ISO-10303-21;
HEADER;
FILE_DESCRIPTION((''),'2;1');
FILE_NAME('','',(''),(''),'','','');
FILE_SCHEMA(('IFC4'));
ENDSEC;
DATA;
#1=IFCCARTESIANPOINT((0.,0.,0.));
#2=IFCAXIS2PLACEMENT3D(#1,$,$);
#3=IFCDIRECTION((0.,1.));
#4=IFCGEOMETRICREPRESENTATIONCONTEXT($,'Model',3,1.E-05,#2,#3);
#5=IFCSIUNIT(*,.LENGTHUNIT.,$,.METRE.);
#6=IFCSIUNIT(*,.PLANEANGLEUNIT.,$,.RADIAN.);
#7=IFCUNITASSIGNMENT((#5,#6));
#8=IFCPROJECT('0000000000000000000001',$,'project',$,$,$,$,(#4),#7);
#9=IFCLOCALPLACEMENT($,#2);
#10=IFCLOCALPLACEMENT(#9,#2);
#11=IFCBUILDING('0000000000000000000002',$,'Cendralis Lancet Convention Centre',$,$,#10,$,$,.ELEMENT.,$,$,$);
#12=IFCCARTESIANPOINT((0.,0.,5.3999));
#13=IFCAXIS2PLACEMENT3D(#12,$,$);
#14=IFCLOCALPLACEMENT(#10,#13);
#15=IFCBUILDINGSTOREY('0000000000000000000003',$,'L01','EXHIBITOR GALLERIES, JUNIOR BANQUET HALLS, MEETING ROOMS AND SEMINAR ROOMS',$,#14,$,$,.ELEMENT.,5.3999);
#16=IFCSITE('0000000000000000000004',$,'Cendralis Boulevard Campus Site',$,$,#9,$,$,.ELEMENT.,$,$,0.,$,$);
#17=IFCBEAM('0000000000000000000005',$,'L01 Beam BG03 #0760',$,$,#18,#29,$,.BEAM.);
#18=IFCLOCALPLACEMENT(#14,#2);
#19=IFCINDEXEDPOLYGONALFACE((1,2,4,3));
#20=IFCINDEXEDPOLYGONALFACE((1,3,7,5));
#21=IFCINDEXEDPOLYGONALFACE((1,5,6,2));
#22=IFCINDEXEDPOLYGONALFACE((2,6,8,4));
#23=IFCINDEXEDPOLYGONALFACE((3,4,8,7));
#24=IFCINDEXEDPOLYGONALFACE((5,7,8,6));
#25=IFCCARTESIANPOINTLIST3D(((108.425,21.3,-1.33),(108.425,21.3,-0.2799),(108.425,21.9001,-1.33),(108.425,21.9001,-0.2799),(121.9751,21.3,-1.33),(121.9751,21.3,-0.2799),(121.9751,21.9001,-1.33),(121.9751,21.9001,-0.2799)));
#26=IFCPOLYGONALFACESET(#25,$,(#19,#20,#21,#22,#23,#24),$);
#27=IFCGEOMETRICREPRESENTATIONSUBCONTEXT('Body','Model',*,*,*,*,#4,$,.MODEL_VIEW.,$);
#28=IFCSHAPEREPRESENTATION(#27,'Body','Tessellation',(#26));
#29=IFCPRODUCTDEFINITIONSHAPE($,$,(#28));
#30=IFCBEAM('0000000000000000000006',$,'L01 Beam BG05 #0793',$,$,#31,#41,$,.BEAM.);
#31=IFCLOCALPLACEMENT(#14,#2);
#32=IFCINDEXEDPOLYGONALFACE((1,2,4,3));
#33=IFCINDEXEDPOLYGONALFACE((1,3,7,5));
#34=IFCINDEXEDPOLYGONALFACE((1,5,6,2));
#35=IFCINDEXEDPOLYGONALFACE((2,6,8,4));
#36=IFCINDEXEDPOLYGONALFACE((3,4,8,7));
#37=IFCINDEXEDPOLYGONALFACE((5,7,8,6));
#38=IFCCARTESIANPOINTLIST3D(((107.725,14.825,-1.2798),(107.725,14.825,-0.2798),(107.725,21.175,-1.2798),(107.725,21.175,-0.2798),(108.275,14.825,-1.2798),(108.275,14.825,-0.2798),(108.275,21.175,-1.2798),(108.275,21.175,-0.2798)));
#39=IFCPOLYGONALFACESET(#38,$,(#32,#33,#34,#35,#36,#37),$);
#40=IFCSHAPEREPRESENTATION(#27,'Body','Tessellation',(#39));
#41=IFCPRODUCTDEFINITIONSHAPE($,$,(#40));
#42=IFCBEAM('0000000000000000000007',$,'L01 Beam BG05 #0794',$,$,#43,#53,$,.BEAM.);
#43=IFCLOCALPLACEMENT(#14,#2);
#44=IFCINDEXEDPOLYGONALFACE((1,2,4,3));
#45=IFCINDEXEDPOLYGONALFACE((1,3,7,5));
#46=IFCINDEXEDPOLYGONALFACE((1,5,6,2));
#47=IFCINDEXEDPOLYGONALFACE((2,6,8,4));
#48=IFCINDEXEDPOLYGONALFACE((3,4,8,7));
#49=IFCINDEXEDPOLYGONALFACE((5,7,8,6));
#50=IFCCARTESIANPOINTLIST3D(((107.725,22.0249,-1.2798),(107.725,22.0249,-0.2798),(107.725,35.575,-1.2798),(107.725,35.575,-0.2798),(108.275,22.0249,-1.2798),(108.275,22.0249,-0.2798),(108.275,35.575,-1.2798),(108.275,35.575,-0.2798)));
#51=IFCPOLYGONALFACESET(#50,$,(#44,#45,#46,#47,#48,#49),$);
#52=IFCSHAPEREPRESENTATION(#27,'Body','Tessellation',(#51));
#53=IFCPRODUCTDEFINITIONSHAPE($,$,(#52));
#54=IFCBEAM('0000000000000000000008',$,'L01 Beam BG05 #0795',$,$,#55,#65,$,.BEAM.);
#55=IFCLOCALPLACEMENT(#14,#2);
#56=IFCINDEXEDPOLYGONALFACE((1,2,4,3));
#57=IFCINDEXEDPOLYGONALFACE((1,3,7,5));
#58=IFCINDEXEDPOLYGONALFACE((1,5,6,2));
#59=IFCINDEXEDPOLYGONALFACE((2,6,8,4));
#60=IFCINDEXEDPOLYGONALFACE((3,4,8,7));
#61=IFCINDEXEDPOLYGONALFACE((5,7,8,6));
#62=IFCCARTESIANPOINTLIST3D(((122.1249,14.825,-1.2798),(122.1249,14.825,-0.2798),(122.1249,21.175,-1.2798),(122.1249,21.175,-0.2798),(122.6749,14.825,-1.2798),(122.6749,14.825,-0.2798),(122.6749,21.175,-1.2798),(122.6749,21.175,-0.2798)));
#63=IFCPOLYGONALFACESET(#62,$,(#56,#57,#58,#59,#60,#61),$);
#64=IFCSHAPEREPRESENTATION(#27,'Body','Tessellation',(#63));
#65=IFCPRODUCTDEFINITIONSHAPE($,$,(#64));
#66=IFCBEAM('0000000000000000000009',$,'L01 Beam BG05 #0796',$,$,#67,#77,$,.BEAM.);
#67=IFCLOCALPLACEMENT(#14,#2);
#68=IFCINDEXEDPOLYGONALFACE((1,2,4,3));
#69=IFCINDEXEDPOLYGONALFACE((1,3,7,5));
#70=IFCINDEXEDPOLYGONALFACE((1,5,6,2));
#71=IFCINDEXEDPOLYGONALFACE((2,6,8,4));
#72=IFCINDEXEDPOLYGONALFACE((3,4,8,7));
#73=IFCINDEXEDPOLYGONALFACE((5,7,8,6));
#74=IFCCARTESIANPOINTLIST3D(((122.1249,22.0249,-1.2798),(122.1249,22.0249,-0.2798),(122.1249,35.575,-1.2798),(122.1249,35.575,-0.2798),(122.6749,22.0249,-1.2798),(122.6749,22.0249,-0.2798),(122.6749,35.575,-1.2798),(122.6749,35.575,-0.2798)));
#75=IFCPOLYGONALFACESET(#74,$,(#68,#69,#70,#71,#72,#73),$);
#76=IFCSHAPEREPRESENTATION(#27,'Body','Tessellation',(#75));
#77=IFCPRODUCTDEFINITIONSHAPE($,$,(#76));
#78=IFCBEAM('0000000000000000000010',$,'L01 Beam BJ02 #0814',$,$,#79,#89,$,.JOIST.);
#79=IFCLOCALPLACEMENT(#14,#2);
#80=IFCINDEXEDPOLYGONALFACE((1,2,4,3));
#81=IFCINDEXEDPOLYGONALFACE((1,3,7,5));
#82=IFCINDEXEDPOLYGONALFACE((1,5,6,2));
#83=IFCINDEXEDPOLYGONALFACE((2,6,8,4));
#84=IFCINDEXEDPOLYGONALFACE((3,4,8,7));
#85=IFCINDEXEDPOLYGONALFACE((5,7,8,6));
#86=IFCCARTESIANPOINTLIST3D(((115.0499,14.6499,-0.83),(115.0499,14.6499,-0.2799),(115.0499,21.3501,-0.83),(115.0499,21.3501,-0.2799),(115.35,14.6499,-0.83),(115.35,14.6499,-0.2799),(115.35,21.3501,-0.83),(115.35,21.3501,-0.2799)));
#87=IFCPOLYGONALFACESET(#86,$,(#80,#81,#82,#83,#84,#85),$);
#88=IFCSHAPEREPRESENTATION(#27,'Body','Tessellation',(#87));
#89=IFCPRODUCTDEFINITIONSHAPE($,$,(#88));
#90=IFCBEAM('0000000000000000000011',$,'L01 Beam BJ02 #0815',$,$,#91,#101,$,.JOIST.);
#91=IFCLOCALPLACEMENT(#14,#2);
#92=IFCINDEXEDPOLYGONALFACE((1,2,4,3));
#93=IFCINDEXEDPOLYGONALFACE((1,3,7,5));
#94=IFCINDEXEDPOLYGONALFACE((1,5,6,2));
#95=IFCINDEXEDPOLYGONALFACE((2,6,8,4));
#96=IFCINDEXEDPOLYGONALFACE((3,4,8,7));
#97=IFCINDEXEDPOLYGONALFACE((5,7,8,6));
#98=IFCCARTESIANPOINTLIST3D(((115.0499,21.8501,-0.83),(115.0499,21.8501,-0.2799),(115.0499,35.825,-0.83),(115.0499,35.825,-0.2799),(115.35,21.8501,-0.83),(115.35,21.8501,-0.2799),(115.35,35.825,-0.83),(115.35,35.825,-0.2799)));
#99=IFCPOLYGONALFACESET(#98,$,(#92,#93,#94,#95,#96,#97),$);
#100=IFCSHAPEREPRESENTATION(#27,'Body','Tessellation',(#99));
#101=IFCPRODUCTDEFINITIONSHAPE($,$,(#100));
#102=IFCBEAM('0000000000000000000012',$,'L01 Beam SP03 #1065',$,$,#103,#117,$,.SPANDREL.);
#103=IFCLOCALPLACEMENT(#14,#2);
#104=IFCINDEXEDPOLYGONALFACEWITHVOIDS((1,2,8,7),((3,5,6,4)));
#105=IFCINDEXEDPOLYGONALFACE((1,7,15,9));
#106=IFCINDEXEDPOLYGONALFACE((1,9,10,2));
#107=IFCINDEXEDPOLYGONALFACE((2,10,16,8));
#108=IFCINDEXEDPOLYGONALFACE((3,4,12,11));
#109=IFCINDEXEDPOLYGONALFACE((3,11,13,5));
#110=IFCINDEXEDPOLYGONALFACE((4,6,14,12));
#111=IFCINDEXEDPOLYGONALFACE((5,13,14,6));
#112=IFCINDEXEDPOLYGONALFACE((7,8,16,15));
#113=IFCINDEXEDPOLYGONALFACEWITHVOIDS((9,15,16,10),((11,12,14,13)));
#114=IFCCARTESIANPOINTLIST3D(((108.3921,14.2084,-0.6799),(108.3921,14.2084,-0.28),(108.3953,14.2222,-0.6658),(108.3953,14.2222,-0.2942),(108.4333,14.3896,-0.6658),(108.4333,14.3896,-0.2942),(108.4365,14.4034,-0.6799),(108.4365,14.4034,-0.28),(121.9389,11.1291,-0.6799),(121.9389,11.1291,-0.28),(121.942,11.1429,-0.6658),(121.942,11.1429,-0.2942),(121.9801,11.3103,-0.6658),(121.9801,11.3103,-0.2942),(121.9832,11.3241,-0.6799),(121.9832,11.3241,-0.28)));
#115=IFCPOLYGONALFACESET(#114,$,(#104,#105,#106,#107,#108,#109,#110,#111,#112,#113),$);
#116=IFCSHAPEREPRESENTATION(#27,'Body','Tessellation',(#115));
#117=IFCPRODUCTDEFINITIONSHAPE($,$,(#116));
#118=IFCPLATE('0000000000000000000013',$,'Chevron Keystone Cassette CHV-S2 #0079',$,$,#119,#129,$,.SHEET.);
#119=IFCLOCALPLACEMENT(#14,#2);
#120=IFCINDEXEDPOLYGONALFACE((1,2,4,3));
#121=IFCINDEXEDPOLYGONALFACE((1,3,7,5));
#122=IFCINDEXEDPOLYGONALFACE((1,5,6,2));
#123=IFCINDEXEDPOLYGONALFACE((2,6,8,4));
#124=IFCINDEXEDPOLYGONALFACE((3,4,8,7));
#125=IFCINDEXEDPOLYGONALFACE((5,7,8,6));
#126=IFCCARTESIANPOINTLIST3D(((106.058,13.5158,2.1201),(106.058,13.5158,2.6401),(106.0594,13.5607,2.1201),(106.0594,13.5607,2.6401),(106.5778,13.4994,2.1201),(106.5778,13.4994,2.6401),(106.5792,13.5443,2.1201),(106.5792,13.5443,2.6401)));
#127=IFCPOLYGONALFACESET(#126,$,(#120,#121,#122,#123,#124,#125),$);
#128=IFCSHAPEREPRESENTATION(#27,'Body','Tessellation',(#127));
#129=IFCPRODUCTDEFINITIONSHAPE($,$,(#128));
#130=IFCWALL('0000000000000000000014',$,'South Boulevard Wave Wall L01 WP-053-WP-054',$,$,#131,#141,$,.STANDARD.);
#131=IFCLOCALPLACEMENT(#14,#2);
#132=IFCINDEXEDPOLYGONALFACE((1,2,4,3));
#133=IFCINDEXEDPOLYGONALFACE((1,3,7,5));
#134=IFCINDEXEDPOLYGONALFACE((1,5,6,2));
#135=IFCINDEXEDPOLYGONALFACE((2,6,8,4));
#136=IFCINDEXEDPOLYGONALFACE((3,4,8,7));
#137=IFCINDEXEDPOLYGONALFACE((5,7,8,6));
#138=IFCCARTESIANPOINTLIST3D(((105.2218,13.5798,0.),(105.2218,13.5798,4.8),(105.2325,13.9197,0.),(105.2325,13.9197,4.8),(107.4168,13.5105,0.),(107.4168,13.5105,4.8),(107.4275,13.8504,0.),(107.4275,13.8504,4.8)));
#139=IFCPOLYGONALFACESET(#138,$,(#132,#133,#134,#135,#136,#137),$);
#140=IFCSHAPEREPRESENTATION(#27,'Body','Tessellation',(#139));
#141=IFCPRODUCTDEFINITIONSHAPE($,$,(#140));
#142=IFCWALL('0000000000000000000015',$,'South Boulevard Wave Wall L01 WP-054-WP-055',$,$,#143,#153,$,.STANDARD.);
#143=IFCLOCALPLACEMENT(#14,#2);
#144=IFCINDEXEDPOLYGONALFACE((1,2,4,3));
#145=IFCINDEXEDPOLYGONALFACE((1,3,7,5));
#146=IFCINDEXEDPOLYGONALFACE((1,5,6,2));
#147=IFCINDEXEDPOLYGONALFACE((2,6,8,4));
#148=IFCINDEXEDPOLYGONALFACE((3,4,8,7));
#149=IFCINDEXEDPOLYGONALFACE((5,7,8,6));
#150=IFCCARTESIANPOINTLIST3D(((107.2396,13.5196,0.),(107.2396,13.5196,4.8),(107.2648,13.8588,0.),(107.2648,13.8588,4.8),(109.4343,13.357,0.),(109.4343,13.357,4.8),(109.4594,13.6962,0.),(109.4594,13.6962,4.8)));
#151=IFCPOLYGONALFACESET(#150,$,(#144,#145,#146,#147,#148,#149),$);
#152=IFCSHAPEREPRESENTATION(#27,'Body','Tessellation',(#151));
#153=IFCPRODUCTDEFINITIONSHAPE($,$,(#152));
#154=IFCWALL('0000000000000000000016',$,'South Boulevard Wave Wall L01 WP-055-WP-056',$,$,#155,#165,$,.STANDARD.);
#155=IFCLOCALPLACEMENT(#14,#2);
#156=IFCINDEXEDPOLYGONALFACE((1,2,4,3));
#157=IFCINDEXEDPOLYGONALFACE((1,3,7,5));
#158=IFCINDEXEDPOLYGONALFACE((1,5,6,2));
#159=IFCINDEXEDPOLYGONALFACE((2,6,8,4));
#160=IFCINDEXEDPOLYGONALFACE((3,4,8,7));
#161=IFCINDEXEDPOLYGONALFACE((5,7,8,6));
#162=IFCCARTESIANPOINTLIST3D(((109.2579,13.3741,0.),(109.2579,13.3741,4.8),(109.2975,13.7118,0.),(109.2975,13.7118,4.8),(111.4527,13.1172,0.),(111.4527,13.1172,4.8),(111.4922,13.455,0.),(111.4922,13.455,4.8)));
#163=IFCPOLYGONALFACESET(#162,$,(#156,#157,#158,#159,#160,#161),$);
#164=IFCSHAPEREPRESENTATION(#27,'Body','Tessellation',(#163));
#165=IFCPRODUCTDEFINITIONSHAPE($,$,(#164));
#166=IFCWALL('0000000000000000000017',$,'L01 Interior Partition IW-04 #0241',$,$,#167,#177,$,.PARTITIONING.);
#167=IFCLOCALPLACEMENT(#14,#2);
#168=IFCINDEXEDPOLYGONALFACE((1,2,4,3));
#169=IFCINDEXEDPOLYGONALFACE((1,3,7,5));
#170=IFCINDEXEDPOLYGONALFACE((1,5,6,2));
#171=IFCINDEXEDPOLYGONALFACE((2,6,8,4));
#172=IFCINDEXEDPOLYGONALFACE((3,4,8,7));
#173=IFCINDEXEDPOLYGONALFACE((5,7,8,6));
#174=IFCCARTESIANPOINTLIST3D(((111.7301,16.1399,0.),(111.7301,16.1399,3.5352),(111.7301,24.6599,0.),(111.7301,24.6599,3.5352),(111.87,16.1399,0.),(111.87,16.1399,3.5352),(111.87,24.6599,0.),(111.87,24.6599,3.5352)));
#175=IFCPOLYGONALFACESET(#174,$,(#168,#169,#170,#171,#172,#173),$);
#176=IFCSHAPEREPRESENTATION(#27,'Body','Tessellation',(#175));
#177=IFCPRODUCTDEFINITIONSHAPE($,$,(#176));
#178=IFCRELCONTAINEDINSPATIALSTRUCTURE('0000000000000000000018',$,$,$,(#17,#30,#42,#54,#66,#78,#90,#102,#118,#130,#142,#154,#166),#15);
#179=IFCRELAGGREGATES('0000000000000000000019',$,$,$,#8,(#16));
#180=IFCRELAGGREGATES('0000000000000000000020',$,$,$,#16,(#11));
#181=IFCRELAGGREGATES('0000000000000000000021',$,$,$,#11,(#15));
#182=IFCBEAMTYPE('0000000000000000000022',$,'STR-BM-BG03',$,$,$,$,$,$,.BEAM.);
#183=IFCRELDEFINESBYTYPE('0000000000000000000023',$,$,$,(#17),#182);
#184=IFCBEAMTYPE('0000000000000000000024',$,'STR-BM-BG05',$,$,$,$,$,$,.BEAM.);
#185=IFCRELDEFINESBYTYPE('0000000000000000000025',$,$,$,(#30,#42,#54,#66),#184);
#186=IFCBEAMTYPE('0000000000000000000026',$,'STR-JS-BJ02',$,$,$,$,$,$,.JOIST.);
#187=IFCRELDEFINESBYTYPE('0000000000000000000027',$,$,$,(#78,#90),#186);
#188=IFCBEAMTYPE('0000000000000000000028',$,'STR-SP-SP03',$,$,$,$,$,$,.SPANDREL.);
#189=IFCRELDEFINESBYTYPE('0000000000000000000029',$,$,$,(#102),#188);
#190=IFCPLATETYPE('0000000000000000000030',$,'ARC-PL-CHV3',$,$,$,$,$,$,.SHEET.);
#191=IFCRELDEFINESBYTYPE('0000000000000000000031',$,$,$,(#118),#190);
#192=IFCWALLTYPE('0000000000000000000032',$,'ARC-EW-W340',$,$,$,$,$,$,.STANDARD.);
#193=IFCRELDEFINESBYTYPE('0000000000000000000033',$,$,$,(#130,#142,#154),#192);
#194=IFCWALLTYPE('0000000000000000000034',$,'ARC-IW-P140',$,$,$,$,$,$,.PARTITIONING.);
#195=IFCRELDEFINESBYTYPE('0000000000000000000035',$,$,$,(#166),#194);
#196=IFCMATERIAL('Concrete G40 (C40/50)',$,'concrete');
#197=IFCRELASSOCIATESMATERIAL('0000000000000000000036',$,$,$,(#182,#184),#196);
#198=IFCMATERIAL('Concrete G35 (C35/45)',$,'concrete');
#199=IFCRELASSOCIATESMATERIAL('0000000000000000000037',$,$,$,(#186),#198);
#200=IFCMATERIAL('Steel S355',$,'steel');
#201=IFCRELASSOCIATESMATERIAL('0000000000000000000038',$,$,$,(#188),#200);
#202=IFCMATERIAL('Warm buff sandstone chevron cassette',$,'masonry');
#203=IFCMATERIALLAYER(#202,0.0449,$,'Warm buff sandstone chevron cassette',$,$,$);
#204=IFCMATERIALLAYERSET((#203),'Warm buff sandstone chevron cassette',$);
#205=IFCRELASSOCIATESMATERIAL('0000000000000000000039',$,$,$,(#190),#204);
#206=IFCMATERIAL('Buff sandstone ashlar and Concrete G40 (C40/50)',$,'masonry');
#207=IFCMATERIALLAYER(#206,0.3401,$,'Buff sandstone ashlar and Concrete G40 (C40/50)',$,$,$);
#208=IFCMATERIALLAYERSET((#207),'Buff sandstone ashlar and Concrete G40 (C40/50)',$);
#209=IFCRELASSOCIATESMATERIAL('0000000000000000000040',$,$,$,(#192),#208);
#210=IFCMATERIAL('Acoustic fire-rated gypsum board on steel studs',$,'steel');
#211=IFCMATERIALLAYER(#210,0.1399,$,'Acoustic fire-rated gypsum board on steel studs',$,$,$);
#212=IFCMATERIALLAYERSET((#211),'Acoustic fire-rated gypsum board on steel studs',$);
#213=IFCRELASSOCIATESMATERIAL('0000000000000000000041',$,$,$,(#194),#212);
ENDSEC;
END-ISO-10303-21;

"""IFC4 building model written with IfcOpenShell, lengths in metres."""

from ifc_helpers import new_model, si_unit, direction, frame, frame_2d, origin, origin_2d, place, context, subcontext, project, spatial, rectangle, hollow_rectangle, extrude, material, layer, layer_set, material_profile, profile_set, type_object, element, save


model = new_model("IFC4")

# Units and contexts
model_context = context("Model", 3, precision=1e-05, world=origin(), true_north=direction((0.0, 1.0)))
body_context = subcontext(model_context, "Body", "Model", "MODEL_VIEW")
ifc_project = project(units=[si_unit("LENGTHUNIT", "METRE"), si_unit("PLANEANGLEUNIT", "RADIAN")], contexts=[model_context])

# Site, building, storey
site_placement = place(None, origin())
site = spatial("IfcSite", under=ifc_project, at=site_placement, Name="Cendralis Boulevard Campus Site", CompositionType="ELEMENT", RefElevation=0.0)
building_placement = place(site_placement, origin())
building = spatial("IfcBuilding", under=site, at=building_placement, Name="Cendralis Lancet Convention Centre", CompositionType="ELEMENT")
storey_placement = place(building_placement, frame((0.0, 0.0, 5.3999)))
storey = spatial("IfcBuildingStorey", under=building, at=storey_placement, Name="L01", Description="EXHIBITOR GALLERIES, JUNIOR BANQUET HALLS, MEETING ROOMS AND SEMINAR ROOMS", CompositionType="ELEMENT", Elevation=5.3999)

# Shared definitions
ifc_material_1 = material(Name="Steel S355", Category="steel")

# Beams
ifc_material_2 = material(Name="Concrete G40 (C40/50)", Category="concrete")
ifc_material_profile_1 = material_profile(ifc_material_2, rectangle(XDim=0.6001, YDim=1.05, at=origin_2d()), Name="RCB 600x1050")
ifc_profile_set_1 = profile_set([ifc_material_profile_1], Name="Concrete G40 (C40/50)")
beam_type_1 = type_object("IfcBeamType", Name="STR-BM-BG03", PredefinedType="BEAM", material=ifc_profile_set_1)
for number, where, z_axis, x_axis, name in (
    (1, (108.425, 21.6001, -0.8049), (1.0, 0.0, 0.0), (0.0, 1.0, 0.0), "L01 Beam BG03 #0760"),
):
    element("IfcBeam", number, at=place(storey_placement, frame(where, z_axis=z_axis, x_axis=x_axis)), inside=storey, type_object=beam_type_1, Name=name, PredefinedType="BEAM", context=body_context, shape_type="SweptSolid", body=[
        extrude(rectangle(XDim=0.6001, YDim=1.05, at=origin_2d()), origin(), (0.0, 0.0, 1.0), 13.55),
    ])
ifc_material_profile_2 = material_profile(ifc_material_2, rectangle(XDim=0.55, YDim=1.0, at=origin_2d()), Name="RCB 550x1000")
ifc_profile_set_2 = profile_set([ifc_material_profile_2], Name="Concrete G40 (C40/50)")
beam_type_2 = type_object("IfcBeamType", Name="STR-BM-BG05", PredefinedType="BEAM", material=ifc_profile_set_2)
beam_1_placement = place(storey_placement, frame((108.0, 14.825, -0.7798), z_axis=(0.0, 1.0, 0.0), x_axis=(-1.0, 0.0, 0.0)))
element("IfcBeam", 2, at=beam_1_placement, inside=storey, type_object=beam_type_2, Name="L01 Beam BG05 #0793", PredefinedType="BEAM", context=body_context, shape_type="SweptSolid", body=[
    extrude(rectangle(XDim=0.55, YDim=1.0, at=origin_2d()), origin(), (0.0, 0.0, 1.0), 6.3501),
])
beam_2_placement = place(storey_placement, frame((108.0, 22.0249, -0.7798), z_axis=(0.0, 1.0, 0.0), x_axis=(-1.0, 0.0, 0.0)))
element("IfcBeam", 3, at=beam_2_placement, inside=storey, type_object=beam_type_2, Name="L01 Beam BG05 #0794", PredefinedType="BEAM", context=body_context, shape_type="SweptSolid", body=[
    extrude(rectangle(XDim=0.55, YDim=1.0, at=origin_2d()), origin(), (0.0, 0.0, 1.0), 13.55),
])
beam_3_placement = place(storey_placement, frame((122.3999, 14.825, -0.7798), z_axis=(0.0, 1.0, 0.0), x_axis=(-1.0, 0.0, 0.0)))
element("IfcBeam", 4, at=beam_3_placement, inside=storey, type_object=beam_type_2, Name="L01 Beam BG05 #0795", PredefinedType="BEAM", context=body_context, shape_type="SweptSolid", body=[
    extrude(rectangle(XDim=0.55, YDim=1.0, at=origin_2d()), origin(), (0.0, 0.0, 1.0), 6.3501),
])
beam_4_placement = place(storey_placement, frame((122.3999, 22.0249, -0.7798), z_axis=(0.0, 1.0, 0.0), x_axis=(-1.0, 0.0, 0.0)))
element("IfcBeam", 5, at=beam_4_placement, inside=storey, type_object=beam_type_2, Name="L01 Beam BG05 #0796", PredefinedType="BEAM", context=body_context, shape_type="SweptSolid", body=[
    extrude(rectangle(XDim=0.55, YDim=1.0, at=origin_2d()), origin(), (0.0, 0.0, 1.0), 13.55),
])
ifc_material_3 = material(Name="Concrete G35 (C35/45)", Category="concrete")
ifc_material_profile_3 = material_profile(ifc_material_3, rectangle(XDim=0.3, YDim=0.55, at=origin_2d()), Name="RCB 300x550")
ifc_profile_set_3 = profile_set([ifc_material_profile_3], Name="Concrete G35 (C35/45)")
beam_type_3 = type_object("IfcBeamType", Name="STR-JS-BJ02", PredefinedType="JOIST", material=ifc_profile_set_3)
beam_5_placement = place(storey_placement, frame((115.2, 14.6499, -0.5549), z_axis=(0.0, 1.0, 0.0), x_axis=(-1.0, 0.0, 0.0)))
element("IfcBeam", 6, at=beam_5_placement, inside=storey, type_object=beam_type_3, Name="L01 Beam BJ02 #0814", PredefinedType="JOIST", context=body_context, shape_type="SweptSolid", body=[
    extrude(rectangle(XDim=0.3, YDim=0.55, at=origin_2d()), origin(), (0.0, 0.0, 1.0), 6.7002),
])
beam_6_placement = place(storey_placement, frame((115.2, 21.8501, -0.5549), z_axis=(0.0, 1.0, 0.0), x_axis=(-1.0, 0.0, 0.0)))
element("IfcBeam", 7, at=beam_6_placement, inside=storey, type_object=beam_type_3, Name="L01 Beam BJ02 #0815", PredefinedType="JOIST", context=body_context, shape_type="SweptSolid", body=[
    extrude(rectangle(XDim=0.3, YDim=0.55, at=origin_2d()), origin(), (0.0, 0.0, 1.0), 13.9749),
])
ifc_material_profile_4 = material_profile(ifc_material_1, hollow_rectangle(XDim=0.2, YDim=0.3999, WallThickness=0.0142, at=origin_2d()), Name="RHS 400x200x14.2")
ifc_profile_set_4 = profile_set([ifc_material_profile_4], Name="Steel S355")
beam_type_4 = type_object("IfcBeamType", Name="STR-SP-SP03", PredefinedType="SPANDREL", material=ifc_profile_set_4)
beam_7_placement = place(storey_placement, frame((108.4143, 14.3059, -0.48), z_axis=(0.975125, -0.221656, 0.0), x_axis=(0.221656, 0.975125, 0.0)))
element("IfcBeam", 8, at=beam_7_placement, inside=storey, type_object=beam_type_4, Name="L01 Beam SP03 #1065", PredefinedType="SPANDREL", context=body_context, shape_type="SweptSolid", body=[
    extrude(hollow_rectangle(XDim=0.2, YDim=0.3999, WallThickness=0.0142, at=origin_2d()), origin(), (0.0, 0.0, 1.0), 13.8923),
])

# Plate
ifc_material_4 = material(Name="Warm buff sandstone chevron cassette", Category="masonry")
ifc_layer_1 = layer(ifc_material_4, 0.0449, Name="Warm buff sandstone chevron cassette")
ifc_layer_set_1 = layer_set([ifc_layer_1], Name="Warm buff sandstone chevron cassette")
plate_type = type_object("IfcPlateType", Name="ARC-PL-CHV3", PredefinedType="SHEET", material=ifc_layer_set_1)
plate_placement = place(storey_placement, frame((106.3186, 13.53, 2.1201), z_axis=(0.0, 0.0, 1.0), x_axis=(0.999501, -0.031585, 0.0)))
element("IfcPlate", 9, at=plate_placement, inside=storey, type_object=plate_type, Name="Chevron Keystone Cassette CHV-S2 #0079", PredefinedType="SHEET", context=body_context, shape_type="SweptSolid", body=[
    extrude(rectangle(XDim=0.52, YDim=0.0449, at=origin_2d()), origin(), (0.0, 0.0, 1.0), 0.52),
])

# Walls
ifc_material_5 = material(Name="Buff sandstone ashlar and Concrete G40 (C40/50)", Category="masonry")
ifc_layer_2 = layer(ifc_material_5, 0.3401, Name="Buff sandstone ashlar and Concrete G40 (C40/50)")
ifc_layer_set_2 = layer_set([ifc_layer_2], Name="Buff sandstone ashlar and Concrete G40 (C40/50)")
wall_type_1 = type_object("IfcWallType", Name="ARC-EW-W340", PredefinedType="STANDARD", material=ifc_layer_set_2)
wall_1_placement = place(storey_placement, frame((105.2271, 13.7498, 0.0), z_axis=(0.0, 0.0, 1.0), x_axis=(0.999501, -0.031571, 0.0)))
element("IfcWall", 10, at=wall_1_placement, inside=storey, type_object=wall_type_1, Name="South Boulevard Wave Wall L01 WP-053-WP-054", PredefinedType="STANDARD", context=body_context, shape_type="SweptSolid", body=[
    extrude(rectangle(XDim=2.196, YDim=0.3401, at=frame_2d((1.0981, 0.0))), origin(), (0.0, 0.0, 1.0), 4.8),
])
wall_2_placement = place(storey_placement, frame((107.2522, 13.6892, 0.0), z_axis=(0.0, 0.0, 1.0), x_axis=(0.997267, -0.073888, 0.0)))
element("IfcWall", 11, at=wall_2_placement, inside=storey, type_object=wall_type_1, Name="South Boulevard Wave Wall L01 WP-054-WP-055", PredefinedType="STANDARD", context=body_context, shape_type="SweptSolid", body=[
    extrude(rectangle(XDim=2.2007, YDim=0.3401, at=frame_2d((1.1003, 0.0))), origin(), (0.0, 0.0, 1.0), 4.8),
])
wall_3_placement = place(storey_placement, frame((109.2776, 13.543, 0.0), z_axis=(0.0, 0.0, 1.0), x_axis=(0.993223, -0.116226, 0.0)))
element("IfcWall", 12, at=wall_3_placement, inside=storey, type_object=wall_type_1, Name="South Boulevard Wave Wall L01 WP-055-WP-056", PredefinedType="STANDARD", context=body_context, shape_type="SweptSolid", body=[
    extrude(rectangle(XDim=2.2097, YDim=0.3401, at=frame_2d((1.105, 0.0))), origin(), (0.0, 0.0, 1.0), 4.8),
])
ifc_material_6 = material(Name="Acoustic fire-rated gypsum board on steel studs", Category="steel")
ifc_layer_3 = layer(ifc_material_6, 0.1399, Name="Acoustic fire-rated gypsum board on steel studs")
ifc_layer_set_3 = layer_set([ifc_layer_3], Name="Acoustic fire-rated gypsum board on steel studs")
wall_type_2 = type_object("IfcWallType", Name="ARC-IW-P140", PredefinedType="PARTITIONING", material=ifc_layer_set_3)
wall_4_placement = place(storey_placement, frame((111.8, 16.1399, 0.0), z_axis=(0.0, 0.0, 1.0), x_axis=(0.0, 1.0, 0.0)))
element("IfcWall", 13, at=wall_4_placement, inside=storey, type_object=wall_type_2, Name="L01 Interior Partition IW-04 #0241", PredefinedType="PARTITIONING", context=body_context, shape_type="SweptSolid", body=[
    extrude(rectangle(XDim=8.52, YDim=0.1399, at=frame_2d((4.26, 0.0))), origin(), (0.0, 0.0, 1.0), 3.5352),
])

save(model, "model.ifc")
